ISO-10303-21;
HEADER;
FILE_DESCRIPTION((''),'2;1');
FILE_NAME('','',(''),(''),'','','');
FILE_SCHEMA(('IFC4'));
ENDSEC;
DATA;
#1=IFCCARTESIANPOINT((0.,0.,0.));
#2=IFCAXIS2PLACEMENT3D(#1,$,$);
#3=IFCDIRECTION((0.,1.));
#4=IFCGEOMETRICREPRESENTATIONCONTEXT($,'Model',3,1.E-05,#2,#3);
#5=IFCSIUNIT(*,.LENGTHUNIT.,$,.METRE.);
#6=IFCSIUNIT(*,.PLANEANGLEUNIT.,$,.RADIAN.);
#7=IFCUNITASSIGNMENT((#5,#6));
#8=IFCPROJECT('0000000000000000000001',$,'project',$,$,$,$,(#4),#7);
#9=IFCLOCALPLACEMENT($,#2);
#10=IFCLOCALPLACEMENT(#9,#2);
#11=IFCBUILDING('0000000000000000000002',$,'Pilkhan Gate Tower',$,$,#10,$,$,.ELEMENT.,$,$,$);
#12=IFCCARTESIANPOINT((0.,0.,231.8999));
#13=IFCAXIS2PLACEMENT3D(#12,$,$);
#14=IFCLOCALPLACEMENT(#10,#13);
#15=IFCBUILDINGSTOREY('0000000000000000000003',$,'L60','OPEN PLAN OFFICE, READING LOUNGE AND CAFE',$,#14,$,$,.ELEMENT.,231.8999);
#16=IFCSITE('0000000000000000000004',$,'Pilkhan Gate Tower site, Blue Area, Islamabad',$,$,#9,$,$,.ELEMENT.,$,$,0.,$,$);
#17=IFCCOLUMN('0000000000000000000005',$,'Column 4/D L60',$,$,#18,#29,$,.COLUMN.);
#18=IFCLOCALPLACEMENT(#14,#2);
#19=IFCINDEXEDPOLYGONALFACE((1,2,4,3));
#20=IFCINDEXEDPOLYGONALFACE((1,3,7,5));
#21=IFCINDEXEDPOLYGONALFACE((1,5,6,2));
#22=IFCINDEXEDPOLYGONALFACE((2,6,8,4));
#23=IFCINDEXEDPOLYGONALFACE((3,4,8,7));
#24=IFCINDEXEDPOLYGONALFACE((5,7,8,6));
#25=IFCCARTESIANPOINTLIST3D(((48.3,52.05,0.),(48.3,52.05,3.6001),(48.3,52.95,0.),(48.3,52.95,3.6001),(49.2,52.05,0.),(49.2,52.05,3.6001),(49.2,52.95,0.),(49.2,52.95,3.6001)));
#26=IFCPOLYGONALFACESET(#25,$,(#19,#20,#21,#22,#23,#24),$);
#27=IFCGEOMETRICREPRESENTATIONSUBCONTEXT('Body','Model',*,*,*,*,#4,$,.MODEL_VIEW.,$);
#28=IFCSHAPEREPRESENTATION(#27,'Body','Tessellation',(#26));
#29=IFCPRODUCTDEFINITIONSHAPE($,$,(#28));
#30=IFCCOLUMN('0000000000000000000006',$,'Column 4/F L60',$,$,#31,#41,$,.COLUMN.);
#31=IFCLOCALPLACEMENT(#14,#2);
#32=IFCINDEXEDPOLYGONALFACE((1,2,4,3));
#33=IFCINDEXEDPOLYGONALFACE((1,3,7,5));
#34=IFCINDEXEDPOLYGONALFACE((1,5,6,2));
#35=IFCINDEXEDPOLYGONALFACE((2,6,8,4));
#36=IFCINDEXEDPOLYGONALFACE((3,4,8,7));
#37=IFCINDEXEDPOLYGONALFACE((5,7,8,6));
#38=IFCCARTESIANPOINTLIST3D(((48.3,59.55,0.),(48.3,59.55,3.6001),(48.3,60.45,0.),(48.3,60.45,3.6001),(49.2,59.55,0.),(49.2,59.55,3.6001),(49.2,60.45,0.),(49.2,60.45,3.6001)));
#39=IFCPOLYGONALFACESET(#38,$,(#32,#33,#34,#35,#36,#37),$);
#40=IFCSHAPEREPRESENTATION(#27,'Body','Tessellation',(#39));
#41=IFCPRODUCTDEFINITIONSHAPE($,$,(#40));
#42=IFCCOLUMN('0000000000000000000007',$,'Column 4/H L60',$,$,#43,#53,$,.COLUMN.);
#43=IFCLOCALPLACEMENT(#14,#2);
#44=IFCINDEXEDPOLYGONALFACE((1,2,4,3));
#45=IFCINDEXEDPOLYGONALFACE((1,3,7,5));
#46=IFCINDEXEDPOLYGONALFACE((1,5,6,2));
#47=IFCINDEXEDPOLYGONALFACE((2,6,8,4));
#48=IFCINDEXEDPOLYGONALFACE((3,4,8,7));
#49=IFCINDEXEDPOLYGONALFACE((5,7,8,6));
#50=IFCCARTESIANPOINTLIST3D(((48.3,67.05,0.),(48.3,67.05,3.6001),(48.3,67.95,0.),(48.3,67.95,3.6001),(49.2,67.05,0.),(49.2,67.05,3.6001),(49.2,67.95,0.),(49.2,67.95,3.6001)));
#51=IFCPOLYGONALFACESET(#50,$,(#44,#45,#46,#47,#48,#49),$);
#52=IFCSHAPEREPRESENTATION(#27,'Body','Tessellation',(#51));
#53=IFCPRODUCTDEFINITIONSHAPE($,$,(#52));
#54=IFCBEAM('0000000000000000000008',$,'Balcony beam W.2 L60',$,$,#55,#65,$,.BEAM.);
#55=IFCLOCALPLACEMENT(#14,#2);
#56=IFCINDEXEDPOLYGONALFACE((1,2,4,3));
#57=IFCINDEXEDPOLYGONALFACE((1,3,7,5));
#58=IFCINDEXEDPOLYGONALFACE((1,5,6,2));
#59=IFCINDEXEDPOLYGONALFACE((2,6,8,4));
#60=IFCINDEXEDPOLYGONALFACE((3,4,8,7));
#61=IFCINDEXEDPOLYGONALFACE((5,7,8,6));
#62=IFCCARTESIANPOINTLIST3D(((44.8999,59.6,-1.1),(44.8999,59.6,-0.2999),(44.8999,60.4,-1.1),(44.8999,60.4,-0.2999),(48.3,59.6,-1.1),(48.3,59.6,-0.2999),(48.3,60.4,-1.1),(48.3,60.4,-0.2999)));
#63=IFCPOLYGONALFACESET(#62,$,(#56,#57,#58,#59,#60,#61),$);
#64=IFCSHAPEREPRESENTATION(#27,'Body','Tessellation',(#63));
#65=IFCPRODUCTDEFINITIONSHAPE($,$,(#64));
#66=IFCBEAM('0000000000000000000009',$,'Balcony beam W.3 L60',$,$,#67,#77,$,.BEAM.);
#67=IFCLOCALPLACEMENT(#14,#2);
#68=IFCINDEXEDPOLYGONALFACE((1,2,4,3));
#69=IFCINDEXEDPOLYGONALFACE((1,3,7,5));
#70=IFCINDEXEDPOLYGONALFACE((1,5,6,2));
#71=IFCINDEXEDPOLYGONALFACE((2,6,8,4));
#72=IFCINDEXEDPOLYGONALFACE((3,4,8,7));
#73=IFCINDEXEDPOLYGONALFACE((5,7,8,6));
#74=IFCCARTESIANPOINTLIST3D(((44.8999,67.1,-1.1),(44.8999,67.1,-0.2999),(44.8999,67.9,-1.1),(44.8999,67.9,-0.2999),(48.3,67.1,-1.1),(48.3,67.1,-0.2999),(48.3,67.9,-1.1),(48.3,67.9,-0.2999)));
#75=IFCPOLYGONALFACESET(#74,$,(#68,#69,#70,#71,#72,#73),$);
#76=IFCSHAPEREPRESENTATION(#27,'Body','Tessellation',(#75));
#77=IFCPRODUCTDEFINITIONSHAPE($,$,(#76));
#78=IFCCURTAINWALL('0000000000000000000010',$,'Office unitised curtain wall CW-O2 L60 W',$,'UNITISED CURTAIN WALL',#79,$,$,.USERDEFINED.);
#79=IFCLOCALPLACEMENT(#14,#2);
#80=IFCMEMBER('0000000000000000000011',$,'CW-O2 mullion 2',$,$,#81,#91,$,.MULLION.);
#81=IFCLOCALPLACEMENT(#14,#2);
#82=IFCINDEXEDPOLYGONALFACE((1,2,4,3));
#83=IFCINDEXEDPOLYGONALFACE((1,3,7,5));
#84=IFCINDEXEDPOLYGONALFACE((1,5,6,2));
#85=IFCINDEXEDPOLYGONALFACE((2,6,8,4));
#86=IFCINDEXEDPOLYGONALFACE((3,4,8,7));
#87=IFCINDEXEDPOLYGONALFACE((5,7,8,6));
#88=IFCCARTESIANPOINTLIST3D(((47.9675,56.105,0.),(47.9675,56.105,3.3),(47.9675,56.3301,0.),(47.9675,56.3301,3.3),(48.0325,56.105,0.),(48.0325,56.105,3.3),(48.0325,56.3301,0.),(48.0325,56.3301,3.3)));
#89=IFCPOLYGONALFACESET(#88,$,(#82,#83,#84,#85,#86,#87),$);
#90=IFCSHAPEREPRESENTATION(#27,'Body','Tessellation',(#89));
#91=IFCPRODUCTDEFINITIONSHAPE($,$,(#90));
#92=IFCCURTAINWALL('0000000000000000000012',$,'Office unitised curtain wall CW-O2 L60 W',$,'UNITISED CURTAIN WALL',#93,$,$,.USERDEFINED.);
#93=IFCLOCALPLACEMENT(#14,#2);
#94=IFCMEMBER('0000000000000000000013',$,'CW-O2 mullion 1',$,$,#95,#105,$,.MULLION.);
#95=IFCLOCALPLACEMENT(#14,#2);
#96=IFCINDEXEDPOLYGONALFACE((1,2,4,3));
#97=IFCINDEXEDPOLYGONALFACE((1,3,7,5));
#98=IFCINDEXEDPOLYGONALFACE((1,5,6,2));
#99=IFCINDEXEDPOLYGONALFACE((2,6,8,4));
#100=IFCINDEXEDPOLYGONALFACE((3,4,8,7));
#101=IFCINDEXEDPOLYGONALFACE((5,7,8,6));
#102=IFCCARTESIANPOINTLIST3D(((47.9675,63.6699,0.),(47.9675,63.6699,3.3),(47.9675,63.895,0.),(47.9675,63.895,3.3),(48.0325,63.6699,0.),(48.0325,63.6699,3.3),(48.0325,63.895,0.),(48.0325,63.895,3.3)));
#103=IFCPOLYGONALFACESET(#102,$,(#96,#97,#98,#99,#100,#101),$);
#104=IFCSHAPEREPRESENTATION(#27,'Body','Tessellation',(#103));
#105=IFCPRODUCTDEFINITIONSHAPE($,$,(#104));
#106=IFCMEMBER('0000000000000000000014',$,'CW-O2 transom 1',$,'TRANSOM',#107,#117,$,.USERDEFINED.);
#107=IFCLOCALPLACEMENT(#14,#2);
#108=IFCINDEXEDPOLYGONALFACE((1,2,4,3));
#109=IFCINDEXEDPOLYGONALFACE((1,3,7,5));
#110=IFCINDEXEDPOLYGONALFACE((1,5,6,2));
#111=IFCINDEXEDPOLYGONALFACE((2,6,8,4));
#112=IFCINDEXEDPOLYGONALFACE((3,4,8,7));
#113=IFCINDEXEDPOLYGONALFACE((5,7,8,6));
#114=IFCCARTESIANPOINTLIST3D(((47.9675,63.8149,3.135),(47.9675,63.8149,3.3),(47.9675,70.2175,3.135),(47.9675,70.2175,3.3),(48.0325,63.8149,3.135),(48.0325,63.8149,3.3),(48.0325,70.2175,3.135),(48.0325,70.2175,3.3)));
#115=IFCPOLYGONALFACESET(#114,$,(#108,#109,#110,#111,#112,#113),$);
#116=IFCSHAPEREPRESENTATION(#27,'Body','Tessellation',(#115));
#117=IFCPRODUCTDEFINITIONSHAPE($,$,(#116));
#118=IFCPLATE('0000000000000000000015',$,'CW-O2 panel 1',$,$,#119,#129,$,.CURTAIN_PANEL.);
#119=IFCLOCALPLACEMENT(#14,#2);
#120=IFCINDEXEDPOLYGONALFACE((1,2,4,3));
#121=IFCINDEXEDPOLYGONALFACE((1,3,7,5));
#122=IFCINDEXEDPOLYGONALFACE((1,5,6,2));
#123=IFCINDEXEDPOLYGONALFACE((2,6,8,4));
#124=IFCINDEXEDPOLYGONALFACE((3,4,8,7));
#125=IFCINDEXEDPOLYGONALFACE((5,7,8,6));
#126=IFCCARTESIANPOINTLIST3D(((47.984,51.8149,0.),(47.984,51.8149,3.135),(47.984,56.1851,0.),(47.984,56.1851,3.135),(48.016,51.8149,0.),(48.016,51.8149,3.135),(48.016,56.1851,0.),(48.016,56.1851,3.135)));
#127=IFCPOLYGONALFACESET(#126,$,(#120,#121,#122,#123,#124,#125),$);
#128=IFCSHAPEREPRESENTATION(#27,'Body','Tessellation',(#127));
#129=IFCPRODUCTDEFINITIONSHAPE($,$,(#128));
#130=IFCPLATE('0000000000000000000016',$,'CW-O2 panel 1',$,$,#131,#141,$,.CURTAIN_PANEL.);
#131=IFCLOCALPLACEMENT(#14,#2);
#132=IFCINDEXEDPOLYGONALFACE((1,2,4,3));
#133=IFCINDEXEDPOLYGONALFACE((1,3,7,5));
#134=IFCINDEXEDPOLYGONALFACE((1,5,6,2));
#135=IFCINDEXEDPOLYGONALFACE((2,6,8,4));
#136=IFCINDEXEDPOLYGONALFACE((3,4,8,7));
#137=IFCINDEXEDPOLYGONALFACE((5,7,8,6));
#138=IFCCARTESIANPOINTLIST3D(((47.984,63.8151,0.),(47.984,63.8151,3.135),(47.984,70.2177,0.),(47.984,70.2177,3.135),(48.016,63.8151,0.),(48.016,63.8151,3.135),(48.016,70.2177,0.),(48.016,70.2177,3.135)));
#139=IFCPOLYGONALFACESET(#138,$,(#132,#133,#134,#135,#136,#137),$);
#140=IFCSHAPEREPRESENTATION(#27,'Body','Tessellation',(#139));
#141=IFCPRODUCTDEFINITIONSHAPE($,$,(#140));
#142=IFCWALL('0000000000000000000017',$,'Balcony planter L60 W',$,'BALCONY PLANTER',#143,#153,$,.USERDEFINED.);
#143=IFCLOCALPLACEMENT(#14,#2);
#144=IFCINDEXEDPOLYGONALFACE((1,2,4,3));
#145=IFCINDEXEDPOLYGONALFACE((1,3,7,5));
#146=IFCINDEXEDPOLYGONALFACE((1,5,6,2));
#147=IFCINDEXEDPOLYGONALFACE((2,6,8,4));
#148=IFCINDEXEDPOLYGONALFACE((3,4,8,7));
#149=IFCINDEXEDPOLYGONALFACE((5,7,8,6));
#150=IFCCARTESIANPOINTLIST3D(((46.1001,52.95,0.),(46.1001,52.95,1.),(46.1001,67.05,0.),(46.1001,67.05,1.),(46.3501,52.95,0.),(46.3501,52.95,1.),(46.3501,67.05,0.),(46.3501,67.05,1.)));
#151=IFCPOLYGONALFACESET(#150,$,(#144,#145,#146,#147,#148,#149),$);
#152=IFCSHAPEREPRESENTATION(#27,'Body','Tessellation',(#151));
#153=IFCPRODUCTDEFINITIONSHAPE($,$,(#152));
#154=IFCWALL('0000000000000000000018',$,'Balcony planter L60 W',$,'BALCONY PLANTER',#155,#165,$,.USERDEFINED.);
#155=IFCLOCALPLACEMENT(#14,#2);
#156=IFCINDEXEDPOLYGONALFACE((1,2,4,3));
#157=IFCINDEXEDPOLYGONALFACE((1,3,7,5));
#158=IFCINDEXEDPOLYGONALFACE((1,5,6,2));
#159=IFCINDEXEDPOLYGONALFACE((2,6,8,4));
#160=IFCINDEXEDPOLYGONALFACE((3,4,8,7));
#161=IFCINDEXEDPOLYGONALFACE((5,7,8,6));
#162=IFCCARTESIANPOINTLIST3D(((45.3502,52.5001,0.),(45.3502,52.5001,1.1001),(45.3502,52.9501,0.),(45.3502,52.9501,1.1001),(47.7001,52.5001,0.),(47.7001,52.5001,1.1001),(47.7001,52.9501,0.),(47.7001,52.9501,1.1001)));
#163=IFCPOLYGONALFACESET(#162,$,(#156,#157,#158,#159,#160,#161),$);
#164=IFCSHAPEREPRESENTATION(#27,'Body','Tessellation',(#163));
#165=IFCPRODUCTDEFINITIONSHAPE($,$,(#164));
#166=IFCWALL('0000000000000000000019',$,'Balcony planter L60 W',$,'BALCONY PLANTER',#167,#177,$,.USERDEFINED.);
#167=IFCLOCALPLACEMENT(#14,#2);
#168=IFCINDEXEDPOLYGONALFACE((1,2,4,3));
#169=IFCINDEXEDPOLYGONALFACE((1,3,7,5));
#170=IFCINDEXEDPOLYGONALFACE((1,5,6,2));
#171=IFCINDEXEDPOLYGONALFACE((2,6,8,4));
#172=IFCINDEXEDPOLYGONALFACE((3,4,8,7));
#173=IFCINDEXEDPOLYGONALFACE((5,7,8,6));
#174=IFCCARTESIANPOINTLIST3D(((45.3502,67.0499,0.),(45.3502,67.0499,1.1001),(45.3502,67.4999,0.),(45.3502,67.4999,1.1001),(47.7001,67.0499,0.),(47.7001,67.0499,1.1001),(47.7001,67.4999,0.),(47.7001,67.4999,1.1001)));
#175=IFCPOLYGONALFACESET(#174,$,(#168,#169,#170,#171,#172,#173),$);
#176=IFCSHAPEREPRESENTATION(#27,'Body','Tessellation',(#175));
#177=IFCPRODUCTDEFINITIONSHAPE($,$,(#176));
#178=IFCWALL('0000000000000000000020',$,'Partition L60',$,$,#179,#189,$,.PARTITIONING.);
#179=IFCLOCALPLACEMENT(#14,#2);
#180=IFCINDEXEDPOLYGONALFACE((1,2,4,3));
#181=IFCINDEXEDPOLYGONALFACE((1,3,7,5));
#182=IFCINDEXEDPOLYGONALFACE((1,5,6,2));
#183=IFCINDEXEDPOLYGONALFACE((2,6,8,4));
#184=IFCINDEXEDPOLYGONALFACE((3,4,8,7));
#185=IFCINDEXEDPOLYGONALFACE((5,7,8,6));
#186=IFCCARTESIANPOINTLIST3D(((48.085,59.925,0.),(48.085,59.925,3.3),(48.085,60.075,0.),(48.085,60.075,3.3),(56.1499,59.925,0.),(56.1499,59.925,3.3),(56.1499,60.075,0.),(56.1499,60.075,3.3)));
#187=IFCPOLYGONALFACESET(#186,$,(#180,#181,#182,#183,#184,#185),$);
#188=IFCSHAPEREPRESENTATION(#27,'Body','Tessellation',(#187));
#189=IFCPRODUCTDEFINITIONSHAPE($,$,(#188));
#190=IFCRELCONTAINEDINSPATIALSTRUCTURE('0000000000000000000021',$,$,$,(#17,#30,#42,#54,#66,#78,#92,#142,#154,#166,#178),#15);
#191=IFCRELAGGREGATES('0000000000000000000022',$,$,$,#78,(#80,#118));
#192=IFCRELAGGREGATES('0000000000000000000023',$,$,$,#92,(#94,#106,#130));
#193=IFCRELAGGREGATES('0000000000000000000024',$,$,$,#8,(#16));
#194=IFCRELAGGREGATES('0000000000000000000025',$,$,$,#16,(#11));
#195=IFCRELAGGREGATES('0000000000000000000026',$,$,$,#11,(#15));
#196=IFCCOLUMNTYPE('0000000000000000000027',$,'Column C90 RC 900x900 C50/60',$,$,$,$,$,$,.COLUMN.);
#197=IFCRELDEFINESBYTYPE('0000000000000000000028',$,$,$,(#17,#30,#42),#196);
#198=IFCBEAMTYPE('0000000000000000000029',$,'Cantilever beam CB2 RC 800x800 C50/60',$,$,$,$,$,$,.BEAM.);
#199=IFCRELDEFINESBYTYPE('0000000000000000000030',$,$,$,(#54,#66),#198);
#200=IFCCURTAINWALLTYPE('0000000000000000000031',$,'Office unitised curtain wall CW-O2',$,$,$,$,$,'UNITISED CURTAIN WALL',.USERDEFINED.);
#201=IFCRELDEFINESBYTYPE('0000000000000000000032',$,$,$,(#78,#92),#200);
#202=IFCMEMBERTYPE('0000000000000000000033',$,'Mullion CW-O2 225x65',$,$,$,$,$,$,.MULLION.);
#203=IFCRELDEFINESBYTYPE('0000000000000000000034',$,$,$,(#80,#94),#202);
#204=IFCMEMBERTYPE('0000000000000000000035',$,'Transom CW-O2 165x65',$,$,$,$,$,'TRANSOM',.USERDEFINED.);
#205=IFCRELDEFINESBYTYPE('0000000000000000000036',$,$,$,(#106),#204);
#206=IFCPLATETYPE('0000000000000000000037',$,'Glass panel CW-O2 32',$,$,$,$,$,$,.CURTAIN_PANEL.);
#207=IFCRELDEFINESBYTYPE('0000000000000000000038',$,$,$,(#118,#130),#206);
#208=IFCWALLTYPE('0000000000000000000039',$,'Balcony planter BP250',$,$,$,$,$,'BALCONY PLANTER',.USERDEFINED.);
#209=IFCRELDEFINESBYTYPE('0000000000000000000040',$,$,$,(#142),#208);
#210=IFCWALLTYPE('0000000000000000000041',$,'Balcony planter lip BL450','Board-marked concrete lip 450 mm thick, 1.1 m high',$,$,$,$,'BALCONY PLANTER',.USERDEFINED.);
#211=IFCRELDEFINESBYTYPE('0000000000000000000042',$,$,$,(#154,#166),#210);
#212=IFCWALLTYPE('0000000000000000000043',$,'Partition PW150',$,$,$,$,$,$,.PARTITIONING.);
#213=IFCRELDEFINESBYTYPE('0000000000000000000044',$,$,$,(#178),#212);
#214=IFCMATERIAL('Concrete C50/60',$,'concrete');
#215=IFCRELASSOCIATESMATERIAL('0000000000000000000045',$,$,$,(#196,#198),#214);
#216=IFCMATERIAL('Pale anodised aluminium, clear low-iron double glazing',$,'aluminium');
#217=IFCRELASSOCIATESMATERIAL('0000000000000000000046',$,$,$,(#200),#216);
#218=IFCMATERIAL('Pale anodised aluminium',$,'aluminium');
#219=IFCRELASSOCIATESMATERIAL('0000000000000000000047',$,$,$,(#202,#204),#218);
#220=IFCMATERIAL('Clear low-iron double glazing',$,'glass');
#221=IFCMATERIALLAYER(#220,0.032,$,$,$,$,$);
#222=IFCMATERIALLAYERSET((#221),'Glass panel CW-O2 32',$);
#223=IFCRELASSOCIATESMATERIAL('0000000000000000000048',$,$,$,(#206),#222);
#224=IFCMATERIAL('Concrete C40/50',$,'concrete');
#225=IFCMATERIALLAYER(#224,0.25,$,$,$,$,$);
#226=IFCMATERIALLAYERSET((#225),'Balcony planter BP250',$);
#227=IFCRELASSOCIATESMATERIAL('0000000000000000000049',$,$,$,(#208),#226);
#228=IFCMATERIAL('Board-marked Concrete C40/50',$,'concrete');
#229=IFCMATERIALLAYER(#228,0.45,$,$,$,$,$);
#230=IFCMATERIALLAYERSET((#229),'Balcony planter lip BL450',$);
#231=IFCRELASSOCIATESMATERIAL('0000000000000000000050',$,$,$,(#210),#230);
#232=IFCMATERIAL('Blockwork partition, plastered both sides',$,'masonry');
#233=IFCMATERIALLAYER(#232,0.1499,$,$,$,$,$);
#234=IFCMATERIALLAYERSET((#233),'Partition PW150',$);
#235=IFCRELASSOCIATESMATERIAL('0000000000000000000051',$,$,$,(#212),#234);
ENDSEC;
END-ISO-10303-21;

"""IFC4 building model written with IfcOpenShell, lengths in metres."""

from ifc_helpers import new_model, si_unit, direction, frame, frame_2d, origin, origin_2d, place, context, subcontext, project, spatial, rectangle, extrude, material, layer, layer_set, material_profile, profile_set, type_object, element, aggregate, save


model = new_model("IFC4")

# Units and contexts
model_context = context("Model", 3, precision=1e-05, world=origin(), true_north=direction((0.0, 1.0)))
body_context = subcontext(model_context, "Body", "Model", "MODEL_VIEW")
ifc_project = project(units=[si_unit("LENGTHUNIT", "METRE"), si_unit("PLANEANGLEUNIT", "RADIAN")], contexts=[model_context])

# Site, building, storey
site_placement = place(None, origin())
site = spatial("IfcSite", under=ifc_project, at=site_placement, Name="Pilkhan Gate Tower site, Blue Area, Islamabad", CompositionType="ELEMENT", RefElevation=0.0)
building_placement = place(site_placement, origin())
building = spatial("IfcBuilding", under=site, at=building_placement, Name="Pilkhan Gate Tower", CompositionType="ELEMENT")
storey_placement = place(building_placement, frame((0.0, 0.0, 231.8999)))
storey = spatial("IfcBuildingStorey", under=building, at=storey_placement, Name="L60", Description="OPEN PLAN OFFICE, READING LOUNGE AND CAFE", CompositionType="ELEMENT", Elevation=231.8999)

# Columns
ifc_material_1 = material(Name="Concrete C50/60", Category="concrete")
ifc_material_profile_1 = material_profile(ifc_material_1, rectangle(XDim=0.8999, YDim=0.8999, at=origin_2d()), Name="RC 900x900")
ifc_profile_set_1 = profile_set([ifc_material_profile_1], Name="Concrete C50/60")
column_type = type_object("IfcColumnType", Name="Column C90 RC 900x900 C50/60", PredefinedType="COLUMN", material=ifc_profile_set_1)
for number, where, z_axis, x_axis, name in (
    (1, (48.75, 52.5, 0.0), (0.0, 0.0, 1.0), (1.0, 0.0, 0.0), "Column 4/D L60"),
    (2, (48.75, 60.0, 0.0), (0.0, 0.0, 1.0), (1.0, 0.0, 0.0), "Column 4/F L60"),
    (3, (48.75, 67.5, 0.0), (0.0, 0.0, 1.0), (1.0, 0.0, 0.0), "Column 4/H L60"),
):
    element("IfcColumn", number, at=place(storey_placement, frame(where, z_axis=z_axis, x_axis=x_axis)), inside=storey, type_object=column_type, Name=name, PredefinedType="COLUMN", context=body_context, shape_type="SweptSolid", body=[
        extrude(rectangle(XDim=0.8999, YDim=0.8999, at=origin_2d()), origin(), (0.0, 0.0, 1.0), 3.6001),
    ])

# Beams
ifc_material_profile_2 = material_profile(ifc_material_1, rectangle(XDim=0.8, YDim=0.8, at=origin_2d()), Name="RC 800x800")
ifc_profile_set_2 = profile_set([ifc_material_profile_2], Name="Concrete C50/60")
beam_type = type_object("IfcBeamType", Name="Cantilever beam CB2 RC 800x800 C50/60", PredefinedType="BEAM", material=ifc_profile_set_2)
for number, where, z_axis, x_axis, name in (
    (4, (48.3, 60.0, -0.7), (-1.0, 0.0, 0.0), (0.0, -1.0, 0.0), "Balcony beam W.2 L60"),
    (5, (48.3, 67.5, -0.7), (-1.0, 0.0, 0.0), (0.0, -1.0, 0.0), "Balcony beam W.3 L60"),
):
    element("IfcBeam", number, at=place(storey_placement, frame(where, z_axis=z_axis, x_axis=x_axis)), inside=storey, type_object=beam_type, Name=name, PredefinedType="BEAM", context=body_context, shape_type="SweptSolid", body=[
        extrude(rectangle(XDim=0.8, YDim=0.8, at=origin_2d()), origin(), (0.0, 0.0, 1.0), 3.4001),
    ])

# Curtain wall, member
ifc_material_2 = material(Name="Pale anodised aluminium, clear low-iron double glazing", Category="aluminium")
curtain_wall_type = type_object("IfcCurtainWallType", Name="Office unitised curtain wall CW-O2", ElementType="UNITISED CURTAIN WALL", PredefinedType="USERDEFINED", material=ifc_material_2)
curtain_wall_1_placement = place(storey_placement, origin())
curtain_wall_1 = element("IfcCurtainWall", 6, at=curtain_wall_1_placement, inside=storey, type_object=curtain_wall_type, Name="Office unitised curtain wall CW-O2 L60 W", ObjectType="UNITISED CURTAIN WALL", PredefinedType="USERDEFINED")
ifc_material_3 = material(Name="Pale anodised aluminium", Category="aluminium")
ifc_material_profile_3 = material_profile(ifc_material_3, rectangle(XDim=0.0649, YDim=0.2251, at=origin_2d()), Name="Mullion 225x65")
ifc_profile_set_3 = profile_set([ifc_material_profile_3], Name="Pale anodised aluminium")
member_type_1 = type_object("IfcMemberType", Name="Mullion CW-O2 225x65", PredefinedType="MULLION", material=ifc_profile_set_3)
member_1_placement = place(storey_placement, frame((48.0, 56.2175, 0.0), z_axis=(0.0, 0.0, 1.0), x_axis=(-1.0, 0.0, 0.0)))
member_1 = element("IfcMember", 7, at=member_1_placement, type_object=member_type_1, Name="CW-O2 mullion 2", PredefinedType="MULLION", context=body_context, shape_type="SweptSolid", body=[
    extrude(rectangle(XDim=0.0649, YDim=0.2251, at=origin_2d()), origin(), (0.0, 0.0, 1.0), 3.3),
])

# Curtain wall, members
curtain_wall_2_placement = place(storey_placement, origin())
curtain_wall_2 = element("IfcCurtainWall", 8, at=curtain_wall_2_placement, inside=storey, type_object=curtain_wall_type, Name="Office unitised curtain wall CW-O2 L60 W", ObjectType="UNITISED CURTAIN WALL", PredefinedType="USERDEFINED")
member_2_placement = place(storey_placement, frame((48.0, 63.7825, 0.0), z_axis=(0.0, 0.0, 1.0), x_axis=(-1.0, 0.0, 0.0)))
member_2 = element("IfcMember", 9, at=member_2_placement, type_object=member_type_1, Name="CW-O2 mullion 1", PredefinedType="MULLION", context=body_context, shape_type="SweptSolid", body=[
    extrude(rectangle(XDim=0.0649, YDim=0.2251, at=origin_2d()), origin(), (0.0, 0.0, 1.0), 3.3),
])
ifc_material_profile_4 = material_profile(ifc_material_3, rectangle(XDim=0.0649, YDim=0.165, at=origin_2d()), Name="Transom 165x65")
ifc_profile_set_4 = profile_set([ifc_material_profile_4], Name="Pale anodised aluminium")
member_type_2 = type_object("IfcMemberType", Name="Transom CW-O2 165x65", ElementType="TRANSOM", PredefinedType="USERDEFINED", material=ifc_profile_set_4)
member_3_placement = place(storey_placement, frame((48.0, 63.8149, 3.2175), z_axis=(0.0, 1.0, 0.0), x_axis=(-1.0, 0.0, 0.0)))
member_3 = element("IfcMember", 10, at=member_3_placement, type_object=member_type_2, Name="CW-O2 transom 1", ObjectType="TRANSOM", PredefinedType="USERDEFINED", context=body_context, shape_type="SweptSolid", body=[
    extrude(rectangle(XDim=0.0649, YDim=0.165, at=origin_2d()), origin(), (0.0, 0.0, 1.0), 6.4026),
])

# Plates
ifc_material_4 = material(Name="Clear low-iron double glazing", Category="glass")
ifc_layer_1 = layer(ifc_material_4, 0.032)
ifc_layer_set_1 = layer_set([ifc_layer_1], Name="Glass panel CW-O2 32")
plate_type = type_object("IfcPlateType", Name="Glass panel CW-O2 32", PredefinedType="CURTAIN_PANEL", material=ifc_layer_set_1)
plate_1_placement = place(storey_placement, frame((48.0, 54.0, 0.0), z_axis=(0.0, 0.0, 1.0), x_axis=(0.0, 1.0, 0.0)))
plate_1 = element("IfcPlate", 11, at=plate_1_placement, type_object=plate_type, Name="CW-O2 panel 1", PredefinedType="CURTAIN_PANEL", context=body_context, shape_type="SweptSolid", body=[
    extrude(rectangle(XDim=4.3701, YDim=0.032, at=origin_2d()), origin(), (0.0, 0.0, 1.0), 3.135),
])
aggregate(curtain_wall_1, [member_1, plate_1])
plate_2_placement = place(storey_placement, frame((48.0, 67.0164, 0.0), z_axis=(0.0, 0.0, 1.0), x_axis=(0.0, 1.0, 0.0)))
plate_2 = element("IfcPlate", 12, at=plate_2_placement, type_object=plate_type, Name="CW-O2 panel 1", PredefinedType="CURTAIN_PANEL", context=body_context, shape_type="SweptSolid", body=[
    extrude(rectangle(XDim=6.4026, YDim=0.032, at=origin_2d()), origin(), (0.0, 0.0, 1.0), 3.135),
])
aggregate(curtain_wall_2, [member_2, member_3, plate_2])

# Walls
ifc_material_5 = material(Name="Concrete C40/50", Category="concrete")
ifc_layer_2 = layer(ifc_material_5, 0.25)
ifc_layer_set_2 = layer_set([ifc_layer_2], Name="Balcony planter BP250")
wall_type_1 = type_object("IfcWallType", Name="Balcony planter BP250", ElementType="BALCONY PLANTER", PredefinedType="USERDEFINED", material=ifc_layer_set_2)
wall_1_placement = place(storey_placement, frame((46.2251, 52.95, 0.0), z_axis=(0.0, 0.0, 1.0), x_axis=(0.0, 1.0, 0.0)))
element("IfcWall", 13, at=wall_1_placement, inside=storey, type_object=wall_type_1, Name="Balcony planter L60 W", ObjectType="BALCONY PLANTER", PredefinedType="USERDEFINED", context=body_context, shape_type="SweptSolid", body=[
    extrude(rectangle(XDim=14.1001, YDim=0.25, at=frame_2d((7.05, 0.0))), origin(), (0.0, 0.0, 1.0), 1.0),
])
ifc_material_6 = material(Name="Board-marked Concrete C40/50", Category="concrete")
ifc_layer_3 = layer(ifc_material_6, 0.45)
ifc_layer_set_3 = layer_set([ifc_layer_3], Name="Balcony planter lip BL450")
wall_type_2 = type_object("IfcWallType", Name="Balcony planter lip BL450", Description="Board-marked concrete lip 450 mm thick, 1.1 m high", ElementType="BALCONY PLANTER", PredefinedType="USERDEFINED", material=ifc_layer_set_3)
for number, where, z_axis, x_axis, name in (
    (14, (47.7, 52.7251, 0.0), (0.0, 0.0, 1.0), (-1.0, 0.0, 0.0), "Balcony planter L60 W"),
    (15, (47.7, 67.2749, 0.0), (0.0, 0.0, 1.0), (-1.0, 0.0, 0.0), "Balcony planter L60 W"),
):
    element("IfcWall", number, at=place(storey_placement, frame(where, z_axis=z_axis, x_axis=x_axis)), inside=storey, type_object=wall_type_2, Name=name, ObjectType="BALCONY PLANTER", PredefinedType="USERDEFINED", context=body_context, shape_type="SweptSolid", body=[
        extrude(rectangle(XDim=2.3499, YDim=0.45, at=frame_2d((1.1748, 0.0))), origin(), (0.0, 0.0, 1.0), 1.1001),
    ])

# Wall
ifc_material_7 = material(Name="Blockwork partition, plastered both sides", Category="masonry")
ifc_layer_4 = layer(ifc_material_7, 0.1499)
ifc_layer_set_4 = layer_set([ifc_layer_4], Name="Partition PW150")
wall_type_3 = type_object("IfcWallType", Name="Partition PW150", PredefinedType="PARTITIONING", material=ifc_layer_set_4)
wall_2_placement = place(storey_placement, frame((48.085, 60.0, 0.0), z_axis=(0.0, 0.0, 1.0), x_axis=(1.0, 0.0, 0.0)))
element("IfcWall", 16, at=wall_2_placement, inside=storey, type_object=wall_type_3, Name="Partition L60", PredefinedType="PARTITIONING", context=body_context, shape_type="SweptSolid", body=[
    extrude(rectangle(XDim=8.0649, YDim=0.1499, at=frame_2d((4.0325, 0.0))), origin(), (0.0, 0.0, 1.0), 3.3),
])

save(model, "model.ifc")
